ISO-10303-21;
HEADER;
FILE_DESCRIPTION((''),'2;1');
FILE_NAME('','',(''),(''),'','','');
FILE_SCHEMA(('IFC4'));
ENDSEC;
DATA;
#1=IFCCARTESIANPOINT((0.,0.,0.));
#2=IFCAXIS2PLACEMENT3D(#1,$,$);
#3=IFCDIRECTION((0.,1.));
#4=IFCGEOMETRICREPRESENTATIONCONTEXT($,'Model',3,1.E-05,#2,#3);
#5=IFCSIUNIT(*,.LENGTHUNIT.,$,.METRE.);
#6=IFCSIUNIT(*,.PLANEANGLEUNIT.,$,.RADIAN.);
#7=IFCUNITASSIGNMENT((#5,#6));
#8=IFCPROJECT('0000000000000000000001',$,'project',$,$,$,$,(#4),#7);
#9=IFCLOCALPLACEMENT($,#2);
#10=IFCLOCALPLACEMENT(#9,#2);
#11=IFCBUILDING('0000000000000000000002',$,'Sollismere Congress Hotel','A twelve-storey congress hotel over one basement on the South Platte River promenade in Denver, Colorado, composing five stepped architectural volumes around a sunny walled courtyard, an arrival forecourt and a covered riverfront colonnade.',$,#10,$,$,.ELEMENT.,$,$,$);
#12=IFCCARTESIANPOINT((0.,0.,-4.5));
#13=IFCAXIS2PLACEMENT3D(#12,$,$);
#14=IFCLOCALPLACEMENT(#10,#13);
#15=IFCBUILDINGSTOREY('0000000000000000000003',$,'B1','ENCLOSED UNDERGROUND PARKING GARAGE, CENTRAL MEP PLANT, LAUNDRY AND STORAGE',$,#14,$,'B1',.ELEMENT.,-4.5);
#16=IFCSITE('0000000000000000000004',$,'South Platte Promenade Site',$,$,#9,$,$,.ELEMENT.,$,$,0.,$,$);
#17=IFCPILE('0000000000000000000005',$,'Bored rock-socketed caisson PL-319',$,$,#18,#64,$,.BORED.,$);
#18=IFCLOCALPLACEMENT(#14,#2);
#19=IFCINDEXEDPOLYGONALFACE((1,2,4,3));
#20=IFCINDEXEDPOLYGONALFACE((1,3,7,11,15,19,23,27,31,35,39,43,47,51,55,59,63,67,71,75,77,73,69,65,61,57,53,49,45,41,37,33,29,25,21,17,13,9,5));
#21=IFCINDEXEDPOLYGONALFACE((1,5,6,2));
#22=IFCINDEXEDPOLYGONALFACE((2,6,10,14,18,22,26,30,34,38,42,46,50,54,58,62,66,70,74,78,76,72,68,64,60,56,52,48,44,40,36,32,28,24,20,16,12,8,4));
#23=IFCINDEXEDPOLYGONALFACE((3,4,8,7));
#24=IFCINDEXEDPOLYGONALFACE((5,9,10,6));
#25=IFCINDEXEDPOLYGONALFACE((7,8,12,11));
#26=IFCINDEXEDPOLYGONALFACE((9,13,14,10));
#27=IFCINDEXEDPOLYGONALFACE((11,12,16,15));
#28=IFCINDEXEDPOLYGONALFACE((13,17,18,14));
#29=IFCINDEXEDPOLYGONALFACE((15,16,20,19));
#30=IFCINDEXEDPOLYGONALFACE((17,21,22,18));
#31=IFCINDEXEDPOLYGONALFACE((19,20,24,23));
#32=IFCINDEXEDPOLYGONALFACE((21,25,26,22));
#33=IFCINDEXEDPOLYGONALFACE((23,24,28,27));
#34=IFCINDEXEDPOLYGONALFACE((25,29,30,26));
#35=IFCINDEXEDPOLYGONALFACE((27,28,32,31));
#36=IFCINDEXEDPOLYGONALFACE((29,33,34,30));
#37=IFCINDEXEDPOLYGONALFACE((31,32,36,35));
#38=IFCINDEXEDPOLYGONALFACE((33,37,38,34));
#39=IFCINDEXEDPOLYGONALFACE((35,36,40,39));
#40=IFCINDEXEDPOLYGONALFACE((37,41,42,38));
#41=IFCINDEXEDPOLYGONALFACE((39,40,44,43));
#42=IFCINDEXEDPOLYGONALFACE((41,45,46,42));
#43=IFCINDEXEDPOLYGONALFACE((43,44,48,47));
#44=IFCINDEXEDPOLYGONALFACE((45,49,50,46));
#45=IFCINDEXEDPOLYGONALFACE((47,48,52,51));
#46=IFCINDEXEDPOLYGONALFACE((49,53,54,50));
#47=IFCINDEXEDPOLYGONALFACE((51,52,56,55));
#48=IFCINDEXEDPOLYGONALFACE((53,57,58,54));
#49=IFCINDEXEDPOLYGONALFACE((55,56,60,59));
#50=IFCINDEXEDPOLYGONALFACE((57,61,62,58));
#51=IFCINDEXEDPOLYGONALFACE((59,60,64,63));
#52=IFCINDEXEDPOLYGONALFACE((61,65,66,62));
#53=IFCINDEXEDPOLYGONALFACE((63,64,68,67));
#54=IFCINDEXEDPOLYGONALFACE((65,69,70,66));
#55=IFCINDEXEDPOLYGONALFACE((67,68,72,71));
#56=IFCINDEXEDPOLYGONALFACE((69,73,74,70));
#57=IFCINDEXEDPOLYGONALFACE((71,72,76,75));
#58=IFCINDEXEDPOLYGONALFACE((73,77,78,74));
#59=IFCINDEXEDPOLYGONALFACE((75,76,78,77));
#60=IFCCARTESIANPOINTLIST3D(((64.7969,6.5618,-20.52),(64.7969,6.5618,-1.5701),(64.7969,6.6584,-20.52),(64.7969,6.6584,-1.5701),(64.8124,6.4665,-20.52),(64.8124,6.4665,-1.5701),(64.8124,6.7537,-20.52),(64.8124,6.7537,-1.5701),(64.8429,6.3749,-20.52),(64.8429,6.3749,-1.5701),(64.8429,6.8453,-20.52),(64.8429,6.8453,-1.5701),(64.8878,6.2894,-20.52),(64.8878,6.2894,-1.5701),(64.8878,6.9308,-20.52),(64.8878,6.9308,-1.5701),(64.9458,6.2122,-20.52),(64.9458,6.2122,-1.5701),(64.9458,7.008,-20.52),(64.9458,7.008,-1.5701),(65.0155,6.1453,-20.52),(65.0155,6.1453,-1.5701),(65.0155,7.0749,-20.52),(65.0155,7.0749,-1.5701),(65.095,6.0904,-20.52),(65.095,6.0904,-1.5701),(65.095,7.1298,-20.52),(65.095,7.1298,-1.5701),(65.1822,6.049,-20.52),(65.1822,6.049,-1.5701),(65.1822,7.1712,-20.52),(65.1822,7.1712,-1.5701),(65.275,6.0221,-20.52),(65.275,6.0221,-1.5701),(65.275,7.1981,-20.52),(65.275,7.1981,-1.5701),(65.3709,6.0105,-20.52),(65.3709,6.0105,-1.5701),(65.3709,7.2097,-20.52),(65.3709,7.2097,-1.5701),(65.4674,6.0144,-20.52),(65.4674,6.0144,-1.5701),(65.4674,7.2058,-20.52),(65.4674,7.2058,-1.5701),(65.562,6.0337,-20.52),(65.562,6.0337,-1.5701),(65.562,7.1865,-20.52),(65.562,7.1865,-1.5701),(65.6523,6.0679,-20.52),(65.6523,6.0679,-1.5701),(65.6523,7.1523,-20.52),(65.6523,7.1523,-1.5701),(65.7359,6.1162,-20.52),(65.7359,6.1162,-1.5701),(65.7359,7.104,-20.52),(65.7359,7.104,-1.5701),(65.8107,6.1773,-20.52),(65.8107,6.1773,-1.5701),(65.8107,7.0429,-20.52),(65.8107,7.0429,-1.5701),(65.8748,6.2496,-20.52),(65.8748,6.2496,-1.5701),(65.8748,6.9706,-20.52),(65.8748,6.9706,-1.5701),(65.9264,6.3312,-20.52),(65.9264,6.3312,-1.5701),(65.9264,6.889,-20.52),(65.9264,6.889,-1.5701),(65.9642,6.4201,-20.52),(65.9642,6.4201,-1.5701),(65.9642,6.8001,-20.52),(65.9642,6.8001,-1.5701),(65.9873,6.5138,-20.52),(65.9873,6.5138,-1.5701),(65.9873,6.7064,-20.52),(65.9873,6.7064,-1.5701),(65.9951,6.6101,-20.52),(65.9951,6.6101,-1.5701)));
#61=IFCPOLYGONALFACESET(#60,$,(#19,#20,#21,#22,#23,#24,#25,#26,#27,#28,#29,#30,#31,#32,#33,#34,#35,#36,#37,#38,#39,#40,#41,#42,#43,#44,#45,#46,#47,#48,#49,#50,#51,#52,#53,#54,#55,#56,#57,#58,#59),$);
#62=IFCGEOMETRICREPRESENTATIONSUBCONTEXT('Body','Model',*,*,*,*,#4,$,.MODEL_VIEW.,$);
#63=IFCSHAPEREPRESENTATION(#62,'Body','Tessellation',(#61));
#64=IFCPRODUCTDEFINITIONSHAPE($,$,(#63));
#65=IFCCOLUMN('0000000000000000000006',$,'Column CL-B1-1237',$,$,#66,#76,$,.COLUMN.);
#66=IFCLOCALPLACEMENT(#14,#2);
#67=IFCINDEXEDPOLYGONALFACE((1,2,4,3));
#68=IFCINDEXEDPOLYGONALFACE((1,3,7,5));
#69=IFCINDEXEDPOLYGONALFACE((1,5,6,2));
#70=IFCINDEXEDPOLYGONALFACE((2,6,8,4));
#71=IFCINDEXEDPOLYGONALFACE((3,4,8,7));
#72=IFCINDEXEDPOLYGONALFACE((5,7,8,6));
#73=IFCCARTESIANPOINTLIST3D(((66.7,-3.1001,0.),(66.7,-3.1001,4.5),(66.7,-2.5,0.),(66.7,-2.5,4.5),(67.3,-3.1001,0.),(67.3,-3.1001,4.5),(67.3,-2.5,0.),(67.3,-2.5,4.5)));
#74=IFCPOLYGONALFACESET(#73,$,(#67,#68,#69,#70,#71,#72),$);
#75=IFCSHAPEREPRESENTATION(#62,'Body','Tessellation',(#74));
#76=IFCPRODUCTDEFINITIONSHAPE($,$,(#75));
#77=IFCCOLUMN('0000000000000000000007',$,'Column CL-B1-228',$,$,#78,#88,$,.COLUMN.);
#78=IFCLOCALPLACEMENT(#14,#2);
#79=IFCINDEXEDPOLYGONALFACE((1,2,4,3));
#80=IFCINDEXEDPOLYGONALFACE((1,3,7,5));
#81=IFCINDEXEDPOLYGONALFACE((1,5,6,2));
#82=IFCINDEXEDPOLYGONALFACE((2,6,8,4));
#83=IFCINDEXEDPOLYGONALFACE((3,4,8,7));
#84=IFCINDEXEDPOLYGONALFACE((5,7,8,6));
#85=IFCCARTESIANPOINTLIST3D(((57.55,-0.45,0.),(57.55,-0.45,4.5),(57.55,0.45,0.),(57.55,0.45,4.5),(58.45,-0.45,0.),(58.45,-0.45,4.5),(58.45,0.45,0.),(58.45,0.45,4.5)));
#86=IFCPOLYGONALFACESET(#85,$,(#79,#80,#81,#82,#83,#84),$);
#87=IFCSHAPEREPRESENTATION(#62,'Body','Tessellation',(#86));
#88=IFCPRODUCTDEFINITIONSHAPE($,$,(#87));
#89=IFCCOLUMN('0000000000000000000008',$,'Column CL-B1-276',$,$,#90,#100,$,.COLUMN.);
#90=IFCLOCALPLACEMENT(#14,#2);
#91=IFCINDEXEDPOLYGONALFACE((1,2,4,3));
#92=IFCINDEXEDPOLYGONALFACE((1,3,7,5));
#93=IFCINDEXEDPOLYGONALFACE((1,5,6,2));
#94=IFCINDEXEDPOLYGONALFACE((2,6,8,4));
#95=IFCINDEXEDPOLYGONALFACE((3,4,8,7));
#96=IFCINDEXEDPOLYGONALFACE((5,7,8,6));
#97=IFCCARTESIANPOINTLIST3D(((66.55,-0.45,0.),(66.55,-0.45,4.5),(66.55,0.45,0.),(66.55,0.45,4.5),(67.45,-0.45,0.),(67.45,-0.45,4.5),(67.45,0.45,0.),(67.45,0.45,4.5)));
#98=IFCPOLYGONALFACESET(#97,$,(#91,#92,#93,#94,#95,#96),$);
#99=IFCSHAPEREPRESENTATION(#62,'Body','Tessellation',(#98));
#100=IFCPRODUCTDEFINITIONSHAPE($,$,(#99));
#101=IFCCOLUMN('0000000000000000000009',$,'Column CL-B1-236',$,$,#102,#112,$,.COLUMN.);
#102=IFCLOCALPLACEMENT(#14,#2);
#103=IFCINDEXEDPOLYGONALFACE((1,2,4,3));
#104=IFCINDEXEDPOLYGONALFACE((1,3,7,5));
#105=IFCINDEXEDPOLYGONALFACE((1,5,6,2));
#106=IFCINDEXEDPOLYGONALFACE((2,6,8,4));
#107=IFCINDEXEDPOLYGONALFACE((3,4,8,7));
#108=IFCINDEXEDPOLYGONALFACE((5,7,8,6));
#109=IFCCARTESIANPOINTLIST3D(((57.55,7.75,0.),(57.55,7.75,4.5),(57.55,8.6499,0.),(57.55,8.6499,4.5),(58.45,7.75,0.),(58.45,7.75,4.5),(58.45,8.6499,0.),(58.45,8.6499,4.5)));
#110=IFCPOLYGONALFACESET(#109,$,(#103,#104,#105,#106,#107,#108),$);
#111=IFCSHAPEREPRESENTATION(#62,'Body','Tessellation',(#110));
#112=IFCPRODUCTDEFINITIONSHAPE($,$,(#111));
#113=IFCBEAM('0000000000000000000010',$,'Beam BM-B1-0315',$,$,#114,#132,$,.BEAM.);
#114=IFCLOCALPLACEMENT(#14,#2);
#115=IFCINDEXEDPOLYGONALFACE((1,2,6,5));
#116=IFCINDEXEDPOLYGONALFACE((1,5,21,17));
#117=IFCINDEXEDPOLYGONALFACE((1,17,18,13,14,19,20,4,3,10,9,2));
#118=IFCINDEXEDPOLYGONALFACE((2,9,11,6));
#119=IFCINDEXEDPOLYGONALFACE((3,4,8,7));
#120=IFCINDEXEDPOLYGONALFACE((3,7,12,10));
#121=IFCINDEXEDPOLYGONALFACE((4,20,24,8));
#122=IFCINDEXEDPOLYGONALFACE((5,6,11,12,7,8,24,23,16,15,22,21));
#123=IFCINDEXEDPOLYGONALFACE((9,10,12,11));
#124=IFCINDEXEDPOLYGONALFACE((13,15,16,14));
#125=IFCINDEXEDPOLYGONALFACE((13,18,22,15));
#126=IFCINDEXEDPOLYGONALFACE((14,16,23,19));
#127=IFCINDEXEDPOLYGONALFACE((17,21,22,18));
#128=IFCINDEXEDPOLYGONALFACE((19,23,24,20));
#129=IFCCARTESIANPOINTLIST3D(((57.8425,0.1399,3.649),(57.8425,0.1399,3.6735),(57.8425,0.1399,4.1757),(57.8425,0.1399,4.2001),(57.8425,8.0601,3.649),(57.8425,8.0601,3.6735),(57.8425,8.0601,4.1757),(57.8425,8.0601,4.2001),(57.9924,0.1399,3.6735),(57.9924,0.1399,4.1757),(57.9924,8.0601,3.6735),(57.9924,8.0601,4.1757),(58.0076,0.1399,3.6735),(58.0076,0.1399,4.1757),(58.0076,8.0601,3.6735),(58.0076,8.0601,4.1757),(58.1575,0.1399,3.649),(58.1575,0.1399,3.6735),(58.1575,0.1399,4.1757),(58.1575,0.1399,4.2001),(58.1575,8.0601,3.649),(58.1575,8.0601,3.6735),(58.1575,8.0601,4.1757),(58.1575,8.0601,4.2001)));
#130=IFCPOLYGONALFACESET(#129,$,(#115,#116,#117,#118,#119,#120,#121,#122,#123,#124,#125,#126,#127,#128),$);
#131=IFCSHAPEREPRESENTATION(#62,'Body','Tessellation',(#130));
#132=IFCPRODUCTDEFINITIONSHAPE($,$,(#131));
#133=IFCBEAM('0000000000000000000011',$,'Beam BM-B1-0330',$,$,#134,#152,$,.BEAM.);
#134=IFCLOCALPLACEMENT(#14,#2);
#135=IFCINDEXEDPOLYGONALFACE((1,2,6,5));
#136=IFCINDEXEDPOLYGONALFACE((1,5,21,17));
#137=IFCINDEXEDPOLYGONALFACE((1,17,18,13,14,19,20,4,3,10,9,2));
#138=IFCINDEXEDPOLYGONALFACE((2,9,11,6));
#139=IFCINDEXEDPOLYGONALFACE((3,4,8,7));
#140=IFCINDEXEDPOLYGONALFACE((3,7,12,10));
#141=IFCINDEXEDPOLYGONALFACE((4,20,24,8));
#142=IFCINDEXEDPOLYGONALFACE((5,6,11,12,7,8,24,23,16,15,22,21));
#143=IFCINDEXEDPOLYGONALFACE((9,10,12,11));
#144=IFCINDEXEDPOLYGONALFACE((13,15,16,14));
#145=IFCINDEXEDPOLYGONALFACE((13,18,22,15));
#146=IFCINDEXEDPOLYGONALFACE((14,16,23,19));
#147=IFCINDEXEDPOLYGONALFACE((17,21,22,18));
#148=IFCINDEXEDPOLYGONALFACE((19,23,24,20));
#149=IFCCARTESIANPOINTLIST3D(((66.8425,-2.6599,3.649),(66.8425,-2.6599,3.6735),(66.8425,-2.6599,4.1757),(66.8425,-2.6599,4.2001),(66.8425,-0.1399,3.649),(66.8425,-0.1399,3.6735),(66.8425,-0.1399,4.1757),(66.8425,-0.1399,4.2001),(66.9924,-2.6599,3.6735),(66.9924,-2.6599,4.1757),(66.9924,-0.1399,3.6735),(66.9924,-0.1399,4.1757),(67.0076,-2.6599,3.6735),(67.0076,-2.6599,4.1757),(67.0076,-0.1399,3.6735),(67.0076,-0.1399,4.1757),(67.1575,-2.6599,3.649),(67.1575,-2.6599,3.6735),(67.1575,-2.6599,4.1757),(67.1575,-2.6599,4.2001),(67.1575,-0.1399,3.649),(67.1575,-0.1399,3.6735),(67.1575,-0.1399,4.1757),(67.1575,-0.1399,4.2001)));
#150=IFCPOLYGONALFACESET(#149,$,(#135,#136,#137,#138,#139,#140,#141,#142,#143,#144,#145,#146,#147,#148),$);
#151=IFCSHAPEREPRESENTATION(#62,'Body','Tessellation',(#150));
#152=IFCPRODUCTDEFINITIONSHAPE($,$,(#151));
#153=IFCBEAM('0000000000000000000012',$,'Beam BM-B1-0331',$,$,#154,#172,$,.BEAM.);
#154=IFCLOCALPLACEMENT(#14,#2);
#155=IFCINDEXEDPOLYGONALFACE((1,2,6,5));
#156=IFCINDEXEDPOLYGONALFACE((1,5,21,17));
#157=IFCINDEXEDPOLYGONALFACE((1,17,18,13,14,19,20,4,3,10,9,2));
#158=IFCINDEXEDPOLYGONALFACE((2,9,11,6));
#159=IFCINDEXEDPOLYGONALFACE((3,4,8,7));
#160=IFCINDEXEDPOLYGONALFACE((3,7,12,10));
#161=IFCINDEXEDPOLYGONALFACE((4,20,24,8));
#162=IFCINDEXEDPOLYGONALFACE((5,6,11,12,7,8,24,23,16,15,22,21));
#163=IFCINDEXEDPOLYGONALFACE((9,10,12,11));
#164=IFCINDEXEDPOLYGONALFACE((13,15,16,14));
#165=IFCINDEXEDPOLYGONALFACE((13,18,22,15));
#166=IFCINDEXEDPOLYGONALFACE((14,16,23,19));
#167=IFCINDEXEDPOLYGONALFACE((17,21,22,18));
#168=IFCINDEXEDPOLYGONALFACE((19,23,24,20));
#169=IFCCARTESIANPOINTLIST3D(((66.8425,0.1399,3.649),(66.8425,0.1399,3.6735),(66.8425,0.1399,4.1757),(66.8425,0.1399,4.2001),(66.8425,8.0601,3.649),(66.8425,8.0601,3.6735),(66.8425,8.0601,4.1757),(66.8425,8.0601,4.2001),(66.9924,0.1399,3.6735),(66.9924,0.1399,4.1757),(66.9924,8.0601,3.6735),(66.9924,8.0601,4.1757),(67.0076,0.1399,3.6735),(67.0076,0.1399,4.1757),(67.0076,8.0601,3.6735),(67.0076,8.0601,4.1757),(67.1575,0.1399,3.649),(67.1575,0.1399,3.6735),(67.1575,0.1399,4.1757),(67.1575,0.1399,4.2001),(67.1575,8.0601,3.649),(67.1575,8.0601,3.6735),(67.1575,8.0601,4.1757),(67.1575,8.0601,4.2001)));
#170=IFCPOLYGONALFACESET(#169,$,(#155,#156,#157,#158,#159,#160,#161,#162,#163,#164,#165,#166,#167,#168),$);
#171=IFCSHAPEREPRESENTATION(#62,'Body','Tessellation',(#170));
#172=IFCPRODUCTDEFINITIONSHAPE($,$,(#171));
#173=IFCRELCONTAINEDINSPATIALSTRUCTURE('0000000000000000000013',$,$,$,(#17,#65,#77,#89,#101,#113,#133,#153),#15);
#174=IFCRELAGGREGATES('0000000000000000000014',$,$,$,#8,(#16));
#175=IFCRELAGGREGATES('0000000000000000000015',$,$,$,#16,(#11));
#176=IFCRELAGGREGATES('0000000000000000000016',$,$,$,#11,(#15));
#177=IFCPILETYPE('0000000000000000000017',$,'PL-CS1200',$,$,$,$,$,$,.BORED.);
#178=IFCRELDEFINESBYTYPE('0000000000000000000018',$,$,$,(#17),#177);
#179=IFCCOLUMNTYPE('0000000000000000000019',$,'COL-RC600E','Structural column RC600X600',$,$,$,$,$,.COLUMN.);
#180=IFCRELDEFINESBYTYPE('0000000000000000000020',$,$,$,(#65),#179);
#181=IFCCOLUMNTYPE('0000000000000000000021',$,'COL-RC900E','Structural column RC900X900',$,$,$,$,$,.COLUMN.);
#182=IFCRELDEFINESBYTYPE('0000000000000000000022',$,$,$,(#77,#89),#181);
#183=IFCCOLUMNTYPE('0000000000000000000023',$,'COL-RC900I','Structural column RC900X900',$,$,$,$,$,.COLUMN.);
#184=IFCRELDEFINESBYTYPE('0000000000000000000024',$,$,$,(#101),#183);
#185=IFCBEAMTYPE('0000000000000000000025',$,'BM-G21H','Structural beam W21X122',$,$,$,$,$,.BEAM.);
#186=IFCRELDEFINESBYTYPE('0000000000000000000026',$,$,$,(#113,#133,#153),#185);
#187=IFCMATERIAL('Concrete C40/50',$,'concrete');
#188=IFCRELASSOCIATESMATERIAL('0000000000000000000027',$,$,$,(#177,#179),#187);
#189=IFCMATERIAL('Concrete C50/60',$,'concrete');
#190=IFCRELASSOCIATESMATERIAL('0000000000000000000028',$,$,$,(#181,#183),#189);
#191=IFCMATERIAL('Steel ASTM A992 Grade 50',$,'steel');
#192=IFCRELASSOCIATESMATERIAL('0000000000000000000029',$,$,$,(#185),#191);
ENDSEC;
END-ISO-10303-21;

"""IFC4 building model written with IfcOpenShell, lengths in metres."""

from ifc_helpers import new_model, si_unit, direction, frame, origin, origin_2d, place, context, subcontext, project, spatial, rectangle, circle, i_section, extrude, material, material_profile, profile_set, type_object, element, save


model = new_model("IFC4")

# Units and contexts
model_context = context("Model", 3, precision=1e-05, world=origin(), true_north=direction((0.0, 1.0)))
body_context = subcontext(model_context, "Body", "Model", "MODEL_VIEW")
ifc_project = project(units=[si_unit("LENGTHUNIT", "METRE"), si_unit("PLANEANGLEUNIT", "RADIAN")], contexts=[model_context])

# Site, building, storey
site_placement = place(None, origin())
site = spatial("IfcSite", under=ifc_project, at=site_placement, Name="South Platte Promenade Site", CompositionType="ELEMENT", RefElevation=0.0)
building_placement = place(site_placement, origin())
building = spatial("IfcBuilding", under=site, at=building_placement, Name="Sollismere Congress Hotel", Description="A twelve-storey congress hotel over one basement on the South Platte River promenade in Denver, Colorado, composing five stepped architectural volumes around a sunny walled courtyard, an arrival forecourt and a covered riverfront colonnade.", CompositionType="ELEMENT")
storey_placement = place(building_placement, frame((0.0, 0.0, -4.5)))
storey = spatial("IfcBuildingStorey", under=building, at=storey_placement, Name="B1", Description="ENCLOSED UNDERGROUND PARKING GARAGE, CENTRAL MEP PLANT, LAUNDRY AND STORAGE", LongName="B1", CompositionType="ELEMENT", Elevation=-4.5)

# Shared definitions
ifc_material_1 = material(Name="Concrete C40/50", Category="concrete")

# Pile
ifc_material_profile_1 = material_profile(ifc_material_1, circle(Radius=0.6001, at=origin_2d()), Name="CAISSON1200")
ifc_profile_set_1 = profile_set([ifc_material_profile_1], Name="Concrete C40/50")
pile_type = type_object("IfcPileType", Name="PL-CS1200", PredefinedType="BORED", material=ifc_profile_set_1)
pile_placement = place(storey_placement, frame((65.395, 6.6101, -1.5701), z_axis=(0.0, 0.0, -1.0), x_axis=(1.0, 0.0, 0.0)))
element("IfcPile", 1, at=pile_placement, inside=storey, type_object=pile_type, Name="Bored rock-socketed caisson PL-319", PredefinedType="BORED", context=body_context, shape_type="SweptSolid", body=[
    extrude(circle(Radius=0.6001, at=origin_2d()), origin(), (0.0, 0.0, 1.0), 18.95),
])

# Columns
ifc_material_profile_2 = material_profile(ifc_material_1, rectangle(XDim=0.6001, YDim=0.6001, at=origin_2d()), Name="RC600X600")
ifc_profile_set_2 = profile_set([ifc_material_profile_2], Name="Concrete C40/50")
column_type_1 = type_object("IfcColumnType", Name="COL-RC600E", Description="Structural column RC600X600", PredefinedType="COLUMN", material=ifc_profile_set_2)
column_1_placement = place(storey_placement, frame((67.0, -2.8, 0.0), z_axis=(0.0, 0.0, 1.0), x_axis=(1.0, 0.0, 0.0)))
element("IfcColumn", 2, at=column_1_placement, inside=storey, type_object=column_type_1, Name="Column CL-B1-1237", PredefinedType="COLUMN", context=body_context, shape_type="SweptSolid", body=[
    extrude(rectangle(XDim=0.6001, YDim=0.6001, at=origin_2d()), origin(), (0.0, 0.0, 1.0), 4.5),
])
ifc_material_2 = material(Name="Concrete C50/60", Category="concrete")
ifc_material_profile_3 = material_profile(ifc_material_2, rectangle(XDim=0.8999, YDim=0.8999, at=origin_2d()), Name="RC900X900")
ifc_profile_set_3 = profile_set([ifc_material_profile_3], Name="Concrete C50/60")
column_type_2 = type_object("IfcColumnType", Name="COL-RC900E", Description="Structural column RC900X900", PredefinedType="COLUMN", material=ifc_profile_set_3)
for number, where, z_axis, x_axis, name in (
    (3, (58.0, 0.0, 0.0), (0.0, 0.0, 1.0), (0.0, 1.0, 0.0), "Column CL-B1-228"),
    (4, (67.0, 0.0, 0.0), (0.0, 0.0, 1.0), (0.0, 1.0, 0.0), "Column CL-B1-276"),
):
    element("IfcColumn", number, at=place(storey_placement, frame(where, z_axis=z_axis, x_axis=x_axis)), inside=storey, type_object=column_type_2, Name=name, PredefinedType="COLUMN", context=body_context, shape_type="SweptSolid", body=[
        extrude(rectangle(XDim=0.8999, YDim=0.8999, at=origin_2d()), origin(), (0.0, 0.0, 1.0), 4.5),
    ])
ifc_material_profile_4 = material_profile(ifc_material_2, rectangle(XDim=0.8999, YDim=0.8999, at=origin_2d()), Name="RC900X900")
ifc_profile_set_4 = profile_set([ifc_material_profile_4], Name="Concrete C50/60")
column_type_3 = type_object("IfcColumnType", Name="COL-RC900I", Description="Structural column RC900X900", PredefinedType="COLUMN", material=ifc_profile_set_4)
column_2_placement = place(storey_placement, frame((58.0, 8.2, 0.0), z_axis=(0.0, 0.0, 1.0), x_axis=(1.0, 0.0, 0.0)))
element("IfcColumn", 5, at=column_2_placement, inside=storey, type_object=column_type_3, Name="Column CL-B1-236", PredefinedType="COLUMN", context=body_context, shape_type="SweptSolid", body=[
    extrude(rectangle(XDim=0.8999, YDim=0.8999, at=origin_2d()), origin(), (0.0, 0.0, 1.0), 4.5),
])

# Beams
ifc_material_3 = material(Name="Steel ASTM A992 Grade 50", Category="steel")
ifc_material_profile_5 = material_profile(ifc_material_3, i_section(OverallWidth=0.3149, OverallDepth=0.551, WebThickness=0.0151, FlangeThickness=0.0244, at=origin_2d()), Name="W21X122")
ifc_profile_set_5 = profile_set([ifc_material_profile_5], Name="Steel ASTM A992 Grade 50")
beam_type_1 = type_object("IfcBeamType", Name="BM-G21H", Description="Structural beam W21X122", PredefinedType="BEAM", material=ifc_profile_set_5)
beam_1_placement = place(storey_placement, frame((58.0, 0.1399, 3.9246), z_axis=(0.0, 1.0, 0.0), x_axis=(-1.0, 0.0, 0.0)))
element("IfcBeam", 6, at=beam_1_placement, inside=storey, type_object=beam_type_1, Name="Beam BM-B1-0315", PredefinedType="BEAM", context=body_context, shape_type="SweptSolid", body=[
    extrude(i_section(OverallWidth=0.3149, OverallDepth=0.551, WebThickness=0.0151, FlangeThickness=0.0244, at=origin_2d()), origin(), (0.0, 0.0, 1.0), 7.9202),
])
beam_2_placement = place(storey_placement, frame((67.0, -2.6599, 3.9246), z_axis=(0.0, 1.0, 0.0), x_axis=(-1.0, 0.0, 0.0)))
element("IfcBeam", 7, at=beam_2_placement, inside=storey, type_object=beam_type_1, Name="Beam BM-B1-0330", PredefinedType="BEAM", context=body_context, shape_type="SweptSolid", body=[
    extrude(i_section(OverallWidth=0.3149, OverallDepth=0.551, WebThickness=0.0151, FlangeThickness=0.0244, at=origin_2d()), origin(), (0.0, 0.0, 1.0), 2.52),
])
beam_3_placement = place(storey_placement, frame((67.0, 0.1399, 3.9246), z_axis=(0.0, 1.0, 0.0), x_axis=(-1.0, 0.0, 0.0)))
element("IfcBeam", 8, at=beam_3_placement, inside=storey, type_object=beam_type_1, Name="Beam BM-B1-0331", PredefinedType="BEAM", context=body_context, shape_type="SweptSolid", body=[
    extrude(i_section(OverallWidth=0.3149, OverallDepth=0.551, WebThickness=0.0151, FlangeThickness=0.0244, at=origin_2d()), origin(), (0.0, 0.0, 1.0), 7.9202),
])

save(model, "model.ifc")
